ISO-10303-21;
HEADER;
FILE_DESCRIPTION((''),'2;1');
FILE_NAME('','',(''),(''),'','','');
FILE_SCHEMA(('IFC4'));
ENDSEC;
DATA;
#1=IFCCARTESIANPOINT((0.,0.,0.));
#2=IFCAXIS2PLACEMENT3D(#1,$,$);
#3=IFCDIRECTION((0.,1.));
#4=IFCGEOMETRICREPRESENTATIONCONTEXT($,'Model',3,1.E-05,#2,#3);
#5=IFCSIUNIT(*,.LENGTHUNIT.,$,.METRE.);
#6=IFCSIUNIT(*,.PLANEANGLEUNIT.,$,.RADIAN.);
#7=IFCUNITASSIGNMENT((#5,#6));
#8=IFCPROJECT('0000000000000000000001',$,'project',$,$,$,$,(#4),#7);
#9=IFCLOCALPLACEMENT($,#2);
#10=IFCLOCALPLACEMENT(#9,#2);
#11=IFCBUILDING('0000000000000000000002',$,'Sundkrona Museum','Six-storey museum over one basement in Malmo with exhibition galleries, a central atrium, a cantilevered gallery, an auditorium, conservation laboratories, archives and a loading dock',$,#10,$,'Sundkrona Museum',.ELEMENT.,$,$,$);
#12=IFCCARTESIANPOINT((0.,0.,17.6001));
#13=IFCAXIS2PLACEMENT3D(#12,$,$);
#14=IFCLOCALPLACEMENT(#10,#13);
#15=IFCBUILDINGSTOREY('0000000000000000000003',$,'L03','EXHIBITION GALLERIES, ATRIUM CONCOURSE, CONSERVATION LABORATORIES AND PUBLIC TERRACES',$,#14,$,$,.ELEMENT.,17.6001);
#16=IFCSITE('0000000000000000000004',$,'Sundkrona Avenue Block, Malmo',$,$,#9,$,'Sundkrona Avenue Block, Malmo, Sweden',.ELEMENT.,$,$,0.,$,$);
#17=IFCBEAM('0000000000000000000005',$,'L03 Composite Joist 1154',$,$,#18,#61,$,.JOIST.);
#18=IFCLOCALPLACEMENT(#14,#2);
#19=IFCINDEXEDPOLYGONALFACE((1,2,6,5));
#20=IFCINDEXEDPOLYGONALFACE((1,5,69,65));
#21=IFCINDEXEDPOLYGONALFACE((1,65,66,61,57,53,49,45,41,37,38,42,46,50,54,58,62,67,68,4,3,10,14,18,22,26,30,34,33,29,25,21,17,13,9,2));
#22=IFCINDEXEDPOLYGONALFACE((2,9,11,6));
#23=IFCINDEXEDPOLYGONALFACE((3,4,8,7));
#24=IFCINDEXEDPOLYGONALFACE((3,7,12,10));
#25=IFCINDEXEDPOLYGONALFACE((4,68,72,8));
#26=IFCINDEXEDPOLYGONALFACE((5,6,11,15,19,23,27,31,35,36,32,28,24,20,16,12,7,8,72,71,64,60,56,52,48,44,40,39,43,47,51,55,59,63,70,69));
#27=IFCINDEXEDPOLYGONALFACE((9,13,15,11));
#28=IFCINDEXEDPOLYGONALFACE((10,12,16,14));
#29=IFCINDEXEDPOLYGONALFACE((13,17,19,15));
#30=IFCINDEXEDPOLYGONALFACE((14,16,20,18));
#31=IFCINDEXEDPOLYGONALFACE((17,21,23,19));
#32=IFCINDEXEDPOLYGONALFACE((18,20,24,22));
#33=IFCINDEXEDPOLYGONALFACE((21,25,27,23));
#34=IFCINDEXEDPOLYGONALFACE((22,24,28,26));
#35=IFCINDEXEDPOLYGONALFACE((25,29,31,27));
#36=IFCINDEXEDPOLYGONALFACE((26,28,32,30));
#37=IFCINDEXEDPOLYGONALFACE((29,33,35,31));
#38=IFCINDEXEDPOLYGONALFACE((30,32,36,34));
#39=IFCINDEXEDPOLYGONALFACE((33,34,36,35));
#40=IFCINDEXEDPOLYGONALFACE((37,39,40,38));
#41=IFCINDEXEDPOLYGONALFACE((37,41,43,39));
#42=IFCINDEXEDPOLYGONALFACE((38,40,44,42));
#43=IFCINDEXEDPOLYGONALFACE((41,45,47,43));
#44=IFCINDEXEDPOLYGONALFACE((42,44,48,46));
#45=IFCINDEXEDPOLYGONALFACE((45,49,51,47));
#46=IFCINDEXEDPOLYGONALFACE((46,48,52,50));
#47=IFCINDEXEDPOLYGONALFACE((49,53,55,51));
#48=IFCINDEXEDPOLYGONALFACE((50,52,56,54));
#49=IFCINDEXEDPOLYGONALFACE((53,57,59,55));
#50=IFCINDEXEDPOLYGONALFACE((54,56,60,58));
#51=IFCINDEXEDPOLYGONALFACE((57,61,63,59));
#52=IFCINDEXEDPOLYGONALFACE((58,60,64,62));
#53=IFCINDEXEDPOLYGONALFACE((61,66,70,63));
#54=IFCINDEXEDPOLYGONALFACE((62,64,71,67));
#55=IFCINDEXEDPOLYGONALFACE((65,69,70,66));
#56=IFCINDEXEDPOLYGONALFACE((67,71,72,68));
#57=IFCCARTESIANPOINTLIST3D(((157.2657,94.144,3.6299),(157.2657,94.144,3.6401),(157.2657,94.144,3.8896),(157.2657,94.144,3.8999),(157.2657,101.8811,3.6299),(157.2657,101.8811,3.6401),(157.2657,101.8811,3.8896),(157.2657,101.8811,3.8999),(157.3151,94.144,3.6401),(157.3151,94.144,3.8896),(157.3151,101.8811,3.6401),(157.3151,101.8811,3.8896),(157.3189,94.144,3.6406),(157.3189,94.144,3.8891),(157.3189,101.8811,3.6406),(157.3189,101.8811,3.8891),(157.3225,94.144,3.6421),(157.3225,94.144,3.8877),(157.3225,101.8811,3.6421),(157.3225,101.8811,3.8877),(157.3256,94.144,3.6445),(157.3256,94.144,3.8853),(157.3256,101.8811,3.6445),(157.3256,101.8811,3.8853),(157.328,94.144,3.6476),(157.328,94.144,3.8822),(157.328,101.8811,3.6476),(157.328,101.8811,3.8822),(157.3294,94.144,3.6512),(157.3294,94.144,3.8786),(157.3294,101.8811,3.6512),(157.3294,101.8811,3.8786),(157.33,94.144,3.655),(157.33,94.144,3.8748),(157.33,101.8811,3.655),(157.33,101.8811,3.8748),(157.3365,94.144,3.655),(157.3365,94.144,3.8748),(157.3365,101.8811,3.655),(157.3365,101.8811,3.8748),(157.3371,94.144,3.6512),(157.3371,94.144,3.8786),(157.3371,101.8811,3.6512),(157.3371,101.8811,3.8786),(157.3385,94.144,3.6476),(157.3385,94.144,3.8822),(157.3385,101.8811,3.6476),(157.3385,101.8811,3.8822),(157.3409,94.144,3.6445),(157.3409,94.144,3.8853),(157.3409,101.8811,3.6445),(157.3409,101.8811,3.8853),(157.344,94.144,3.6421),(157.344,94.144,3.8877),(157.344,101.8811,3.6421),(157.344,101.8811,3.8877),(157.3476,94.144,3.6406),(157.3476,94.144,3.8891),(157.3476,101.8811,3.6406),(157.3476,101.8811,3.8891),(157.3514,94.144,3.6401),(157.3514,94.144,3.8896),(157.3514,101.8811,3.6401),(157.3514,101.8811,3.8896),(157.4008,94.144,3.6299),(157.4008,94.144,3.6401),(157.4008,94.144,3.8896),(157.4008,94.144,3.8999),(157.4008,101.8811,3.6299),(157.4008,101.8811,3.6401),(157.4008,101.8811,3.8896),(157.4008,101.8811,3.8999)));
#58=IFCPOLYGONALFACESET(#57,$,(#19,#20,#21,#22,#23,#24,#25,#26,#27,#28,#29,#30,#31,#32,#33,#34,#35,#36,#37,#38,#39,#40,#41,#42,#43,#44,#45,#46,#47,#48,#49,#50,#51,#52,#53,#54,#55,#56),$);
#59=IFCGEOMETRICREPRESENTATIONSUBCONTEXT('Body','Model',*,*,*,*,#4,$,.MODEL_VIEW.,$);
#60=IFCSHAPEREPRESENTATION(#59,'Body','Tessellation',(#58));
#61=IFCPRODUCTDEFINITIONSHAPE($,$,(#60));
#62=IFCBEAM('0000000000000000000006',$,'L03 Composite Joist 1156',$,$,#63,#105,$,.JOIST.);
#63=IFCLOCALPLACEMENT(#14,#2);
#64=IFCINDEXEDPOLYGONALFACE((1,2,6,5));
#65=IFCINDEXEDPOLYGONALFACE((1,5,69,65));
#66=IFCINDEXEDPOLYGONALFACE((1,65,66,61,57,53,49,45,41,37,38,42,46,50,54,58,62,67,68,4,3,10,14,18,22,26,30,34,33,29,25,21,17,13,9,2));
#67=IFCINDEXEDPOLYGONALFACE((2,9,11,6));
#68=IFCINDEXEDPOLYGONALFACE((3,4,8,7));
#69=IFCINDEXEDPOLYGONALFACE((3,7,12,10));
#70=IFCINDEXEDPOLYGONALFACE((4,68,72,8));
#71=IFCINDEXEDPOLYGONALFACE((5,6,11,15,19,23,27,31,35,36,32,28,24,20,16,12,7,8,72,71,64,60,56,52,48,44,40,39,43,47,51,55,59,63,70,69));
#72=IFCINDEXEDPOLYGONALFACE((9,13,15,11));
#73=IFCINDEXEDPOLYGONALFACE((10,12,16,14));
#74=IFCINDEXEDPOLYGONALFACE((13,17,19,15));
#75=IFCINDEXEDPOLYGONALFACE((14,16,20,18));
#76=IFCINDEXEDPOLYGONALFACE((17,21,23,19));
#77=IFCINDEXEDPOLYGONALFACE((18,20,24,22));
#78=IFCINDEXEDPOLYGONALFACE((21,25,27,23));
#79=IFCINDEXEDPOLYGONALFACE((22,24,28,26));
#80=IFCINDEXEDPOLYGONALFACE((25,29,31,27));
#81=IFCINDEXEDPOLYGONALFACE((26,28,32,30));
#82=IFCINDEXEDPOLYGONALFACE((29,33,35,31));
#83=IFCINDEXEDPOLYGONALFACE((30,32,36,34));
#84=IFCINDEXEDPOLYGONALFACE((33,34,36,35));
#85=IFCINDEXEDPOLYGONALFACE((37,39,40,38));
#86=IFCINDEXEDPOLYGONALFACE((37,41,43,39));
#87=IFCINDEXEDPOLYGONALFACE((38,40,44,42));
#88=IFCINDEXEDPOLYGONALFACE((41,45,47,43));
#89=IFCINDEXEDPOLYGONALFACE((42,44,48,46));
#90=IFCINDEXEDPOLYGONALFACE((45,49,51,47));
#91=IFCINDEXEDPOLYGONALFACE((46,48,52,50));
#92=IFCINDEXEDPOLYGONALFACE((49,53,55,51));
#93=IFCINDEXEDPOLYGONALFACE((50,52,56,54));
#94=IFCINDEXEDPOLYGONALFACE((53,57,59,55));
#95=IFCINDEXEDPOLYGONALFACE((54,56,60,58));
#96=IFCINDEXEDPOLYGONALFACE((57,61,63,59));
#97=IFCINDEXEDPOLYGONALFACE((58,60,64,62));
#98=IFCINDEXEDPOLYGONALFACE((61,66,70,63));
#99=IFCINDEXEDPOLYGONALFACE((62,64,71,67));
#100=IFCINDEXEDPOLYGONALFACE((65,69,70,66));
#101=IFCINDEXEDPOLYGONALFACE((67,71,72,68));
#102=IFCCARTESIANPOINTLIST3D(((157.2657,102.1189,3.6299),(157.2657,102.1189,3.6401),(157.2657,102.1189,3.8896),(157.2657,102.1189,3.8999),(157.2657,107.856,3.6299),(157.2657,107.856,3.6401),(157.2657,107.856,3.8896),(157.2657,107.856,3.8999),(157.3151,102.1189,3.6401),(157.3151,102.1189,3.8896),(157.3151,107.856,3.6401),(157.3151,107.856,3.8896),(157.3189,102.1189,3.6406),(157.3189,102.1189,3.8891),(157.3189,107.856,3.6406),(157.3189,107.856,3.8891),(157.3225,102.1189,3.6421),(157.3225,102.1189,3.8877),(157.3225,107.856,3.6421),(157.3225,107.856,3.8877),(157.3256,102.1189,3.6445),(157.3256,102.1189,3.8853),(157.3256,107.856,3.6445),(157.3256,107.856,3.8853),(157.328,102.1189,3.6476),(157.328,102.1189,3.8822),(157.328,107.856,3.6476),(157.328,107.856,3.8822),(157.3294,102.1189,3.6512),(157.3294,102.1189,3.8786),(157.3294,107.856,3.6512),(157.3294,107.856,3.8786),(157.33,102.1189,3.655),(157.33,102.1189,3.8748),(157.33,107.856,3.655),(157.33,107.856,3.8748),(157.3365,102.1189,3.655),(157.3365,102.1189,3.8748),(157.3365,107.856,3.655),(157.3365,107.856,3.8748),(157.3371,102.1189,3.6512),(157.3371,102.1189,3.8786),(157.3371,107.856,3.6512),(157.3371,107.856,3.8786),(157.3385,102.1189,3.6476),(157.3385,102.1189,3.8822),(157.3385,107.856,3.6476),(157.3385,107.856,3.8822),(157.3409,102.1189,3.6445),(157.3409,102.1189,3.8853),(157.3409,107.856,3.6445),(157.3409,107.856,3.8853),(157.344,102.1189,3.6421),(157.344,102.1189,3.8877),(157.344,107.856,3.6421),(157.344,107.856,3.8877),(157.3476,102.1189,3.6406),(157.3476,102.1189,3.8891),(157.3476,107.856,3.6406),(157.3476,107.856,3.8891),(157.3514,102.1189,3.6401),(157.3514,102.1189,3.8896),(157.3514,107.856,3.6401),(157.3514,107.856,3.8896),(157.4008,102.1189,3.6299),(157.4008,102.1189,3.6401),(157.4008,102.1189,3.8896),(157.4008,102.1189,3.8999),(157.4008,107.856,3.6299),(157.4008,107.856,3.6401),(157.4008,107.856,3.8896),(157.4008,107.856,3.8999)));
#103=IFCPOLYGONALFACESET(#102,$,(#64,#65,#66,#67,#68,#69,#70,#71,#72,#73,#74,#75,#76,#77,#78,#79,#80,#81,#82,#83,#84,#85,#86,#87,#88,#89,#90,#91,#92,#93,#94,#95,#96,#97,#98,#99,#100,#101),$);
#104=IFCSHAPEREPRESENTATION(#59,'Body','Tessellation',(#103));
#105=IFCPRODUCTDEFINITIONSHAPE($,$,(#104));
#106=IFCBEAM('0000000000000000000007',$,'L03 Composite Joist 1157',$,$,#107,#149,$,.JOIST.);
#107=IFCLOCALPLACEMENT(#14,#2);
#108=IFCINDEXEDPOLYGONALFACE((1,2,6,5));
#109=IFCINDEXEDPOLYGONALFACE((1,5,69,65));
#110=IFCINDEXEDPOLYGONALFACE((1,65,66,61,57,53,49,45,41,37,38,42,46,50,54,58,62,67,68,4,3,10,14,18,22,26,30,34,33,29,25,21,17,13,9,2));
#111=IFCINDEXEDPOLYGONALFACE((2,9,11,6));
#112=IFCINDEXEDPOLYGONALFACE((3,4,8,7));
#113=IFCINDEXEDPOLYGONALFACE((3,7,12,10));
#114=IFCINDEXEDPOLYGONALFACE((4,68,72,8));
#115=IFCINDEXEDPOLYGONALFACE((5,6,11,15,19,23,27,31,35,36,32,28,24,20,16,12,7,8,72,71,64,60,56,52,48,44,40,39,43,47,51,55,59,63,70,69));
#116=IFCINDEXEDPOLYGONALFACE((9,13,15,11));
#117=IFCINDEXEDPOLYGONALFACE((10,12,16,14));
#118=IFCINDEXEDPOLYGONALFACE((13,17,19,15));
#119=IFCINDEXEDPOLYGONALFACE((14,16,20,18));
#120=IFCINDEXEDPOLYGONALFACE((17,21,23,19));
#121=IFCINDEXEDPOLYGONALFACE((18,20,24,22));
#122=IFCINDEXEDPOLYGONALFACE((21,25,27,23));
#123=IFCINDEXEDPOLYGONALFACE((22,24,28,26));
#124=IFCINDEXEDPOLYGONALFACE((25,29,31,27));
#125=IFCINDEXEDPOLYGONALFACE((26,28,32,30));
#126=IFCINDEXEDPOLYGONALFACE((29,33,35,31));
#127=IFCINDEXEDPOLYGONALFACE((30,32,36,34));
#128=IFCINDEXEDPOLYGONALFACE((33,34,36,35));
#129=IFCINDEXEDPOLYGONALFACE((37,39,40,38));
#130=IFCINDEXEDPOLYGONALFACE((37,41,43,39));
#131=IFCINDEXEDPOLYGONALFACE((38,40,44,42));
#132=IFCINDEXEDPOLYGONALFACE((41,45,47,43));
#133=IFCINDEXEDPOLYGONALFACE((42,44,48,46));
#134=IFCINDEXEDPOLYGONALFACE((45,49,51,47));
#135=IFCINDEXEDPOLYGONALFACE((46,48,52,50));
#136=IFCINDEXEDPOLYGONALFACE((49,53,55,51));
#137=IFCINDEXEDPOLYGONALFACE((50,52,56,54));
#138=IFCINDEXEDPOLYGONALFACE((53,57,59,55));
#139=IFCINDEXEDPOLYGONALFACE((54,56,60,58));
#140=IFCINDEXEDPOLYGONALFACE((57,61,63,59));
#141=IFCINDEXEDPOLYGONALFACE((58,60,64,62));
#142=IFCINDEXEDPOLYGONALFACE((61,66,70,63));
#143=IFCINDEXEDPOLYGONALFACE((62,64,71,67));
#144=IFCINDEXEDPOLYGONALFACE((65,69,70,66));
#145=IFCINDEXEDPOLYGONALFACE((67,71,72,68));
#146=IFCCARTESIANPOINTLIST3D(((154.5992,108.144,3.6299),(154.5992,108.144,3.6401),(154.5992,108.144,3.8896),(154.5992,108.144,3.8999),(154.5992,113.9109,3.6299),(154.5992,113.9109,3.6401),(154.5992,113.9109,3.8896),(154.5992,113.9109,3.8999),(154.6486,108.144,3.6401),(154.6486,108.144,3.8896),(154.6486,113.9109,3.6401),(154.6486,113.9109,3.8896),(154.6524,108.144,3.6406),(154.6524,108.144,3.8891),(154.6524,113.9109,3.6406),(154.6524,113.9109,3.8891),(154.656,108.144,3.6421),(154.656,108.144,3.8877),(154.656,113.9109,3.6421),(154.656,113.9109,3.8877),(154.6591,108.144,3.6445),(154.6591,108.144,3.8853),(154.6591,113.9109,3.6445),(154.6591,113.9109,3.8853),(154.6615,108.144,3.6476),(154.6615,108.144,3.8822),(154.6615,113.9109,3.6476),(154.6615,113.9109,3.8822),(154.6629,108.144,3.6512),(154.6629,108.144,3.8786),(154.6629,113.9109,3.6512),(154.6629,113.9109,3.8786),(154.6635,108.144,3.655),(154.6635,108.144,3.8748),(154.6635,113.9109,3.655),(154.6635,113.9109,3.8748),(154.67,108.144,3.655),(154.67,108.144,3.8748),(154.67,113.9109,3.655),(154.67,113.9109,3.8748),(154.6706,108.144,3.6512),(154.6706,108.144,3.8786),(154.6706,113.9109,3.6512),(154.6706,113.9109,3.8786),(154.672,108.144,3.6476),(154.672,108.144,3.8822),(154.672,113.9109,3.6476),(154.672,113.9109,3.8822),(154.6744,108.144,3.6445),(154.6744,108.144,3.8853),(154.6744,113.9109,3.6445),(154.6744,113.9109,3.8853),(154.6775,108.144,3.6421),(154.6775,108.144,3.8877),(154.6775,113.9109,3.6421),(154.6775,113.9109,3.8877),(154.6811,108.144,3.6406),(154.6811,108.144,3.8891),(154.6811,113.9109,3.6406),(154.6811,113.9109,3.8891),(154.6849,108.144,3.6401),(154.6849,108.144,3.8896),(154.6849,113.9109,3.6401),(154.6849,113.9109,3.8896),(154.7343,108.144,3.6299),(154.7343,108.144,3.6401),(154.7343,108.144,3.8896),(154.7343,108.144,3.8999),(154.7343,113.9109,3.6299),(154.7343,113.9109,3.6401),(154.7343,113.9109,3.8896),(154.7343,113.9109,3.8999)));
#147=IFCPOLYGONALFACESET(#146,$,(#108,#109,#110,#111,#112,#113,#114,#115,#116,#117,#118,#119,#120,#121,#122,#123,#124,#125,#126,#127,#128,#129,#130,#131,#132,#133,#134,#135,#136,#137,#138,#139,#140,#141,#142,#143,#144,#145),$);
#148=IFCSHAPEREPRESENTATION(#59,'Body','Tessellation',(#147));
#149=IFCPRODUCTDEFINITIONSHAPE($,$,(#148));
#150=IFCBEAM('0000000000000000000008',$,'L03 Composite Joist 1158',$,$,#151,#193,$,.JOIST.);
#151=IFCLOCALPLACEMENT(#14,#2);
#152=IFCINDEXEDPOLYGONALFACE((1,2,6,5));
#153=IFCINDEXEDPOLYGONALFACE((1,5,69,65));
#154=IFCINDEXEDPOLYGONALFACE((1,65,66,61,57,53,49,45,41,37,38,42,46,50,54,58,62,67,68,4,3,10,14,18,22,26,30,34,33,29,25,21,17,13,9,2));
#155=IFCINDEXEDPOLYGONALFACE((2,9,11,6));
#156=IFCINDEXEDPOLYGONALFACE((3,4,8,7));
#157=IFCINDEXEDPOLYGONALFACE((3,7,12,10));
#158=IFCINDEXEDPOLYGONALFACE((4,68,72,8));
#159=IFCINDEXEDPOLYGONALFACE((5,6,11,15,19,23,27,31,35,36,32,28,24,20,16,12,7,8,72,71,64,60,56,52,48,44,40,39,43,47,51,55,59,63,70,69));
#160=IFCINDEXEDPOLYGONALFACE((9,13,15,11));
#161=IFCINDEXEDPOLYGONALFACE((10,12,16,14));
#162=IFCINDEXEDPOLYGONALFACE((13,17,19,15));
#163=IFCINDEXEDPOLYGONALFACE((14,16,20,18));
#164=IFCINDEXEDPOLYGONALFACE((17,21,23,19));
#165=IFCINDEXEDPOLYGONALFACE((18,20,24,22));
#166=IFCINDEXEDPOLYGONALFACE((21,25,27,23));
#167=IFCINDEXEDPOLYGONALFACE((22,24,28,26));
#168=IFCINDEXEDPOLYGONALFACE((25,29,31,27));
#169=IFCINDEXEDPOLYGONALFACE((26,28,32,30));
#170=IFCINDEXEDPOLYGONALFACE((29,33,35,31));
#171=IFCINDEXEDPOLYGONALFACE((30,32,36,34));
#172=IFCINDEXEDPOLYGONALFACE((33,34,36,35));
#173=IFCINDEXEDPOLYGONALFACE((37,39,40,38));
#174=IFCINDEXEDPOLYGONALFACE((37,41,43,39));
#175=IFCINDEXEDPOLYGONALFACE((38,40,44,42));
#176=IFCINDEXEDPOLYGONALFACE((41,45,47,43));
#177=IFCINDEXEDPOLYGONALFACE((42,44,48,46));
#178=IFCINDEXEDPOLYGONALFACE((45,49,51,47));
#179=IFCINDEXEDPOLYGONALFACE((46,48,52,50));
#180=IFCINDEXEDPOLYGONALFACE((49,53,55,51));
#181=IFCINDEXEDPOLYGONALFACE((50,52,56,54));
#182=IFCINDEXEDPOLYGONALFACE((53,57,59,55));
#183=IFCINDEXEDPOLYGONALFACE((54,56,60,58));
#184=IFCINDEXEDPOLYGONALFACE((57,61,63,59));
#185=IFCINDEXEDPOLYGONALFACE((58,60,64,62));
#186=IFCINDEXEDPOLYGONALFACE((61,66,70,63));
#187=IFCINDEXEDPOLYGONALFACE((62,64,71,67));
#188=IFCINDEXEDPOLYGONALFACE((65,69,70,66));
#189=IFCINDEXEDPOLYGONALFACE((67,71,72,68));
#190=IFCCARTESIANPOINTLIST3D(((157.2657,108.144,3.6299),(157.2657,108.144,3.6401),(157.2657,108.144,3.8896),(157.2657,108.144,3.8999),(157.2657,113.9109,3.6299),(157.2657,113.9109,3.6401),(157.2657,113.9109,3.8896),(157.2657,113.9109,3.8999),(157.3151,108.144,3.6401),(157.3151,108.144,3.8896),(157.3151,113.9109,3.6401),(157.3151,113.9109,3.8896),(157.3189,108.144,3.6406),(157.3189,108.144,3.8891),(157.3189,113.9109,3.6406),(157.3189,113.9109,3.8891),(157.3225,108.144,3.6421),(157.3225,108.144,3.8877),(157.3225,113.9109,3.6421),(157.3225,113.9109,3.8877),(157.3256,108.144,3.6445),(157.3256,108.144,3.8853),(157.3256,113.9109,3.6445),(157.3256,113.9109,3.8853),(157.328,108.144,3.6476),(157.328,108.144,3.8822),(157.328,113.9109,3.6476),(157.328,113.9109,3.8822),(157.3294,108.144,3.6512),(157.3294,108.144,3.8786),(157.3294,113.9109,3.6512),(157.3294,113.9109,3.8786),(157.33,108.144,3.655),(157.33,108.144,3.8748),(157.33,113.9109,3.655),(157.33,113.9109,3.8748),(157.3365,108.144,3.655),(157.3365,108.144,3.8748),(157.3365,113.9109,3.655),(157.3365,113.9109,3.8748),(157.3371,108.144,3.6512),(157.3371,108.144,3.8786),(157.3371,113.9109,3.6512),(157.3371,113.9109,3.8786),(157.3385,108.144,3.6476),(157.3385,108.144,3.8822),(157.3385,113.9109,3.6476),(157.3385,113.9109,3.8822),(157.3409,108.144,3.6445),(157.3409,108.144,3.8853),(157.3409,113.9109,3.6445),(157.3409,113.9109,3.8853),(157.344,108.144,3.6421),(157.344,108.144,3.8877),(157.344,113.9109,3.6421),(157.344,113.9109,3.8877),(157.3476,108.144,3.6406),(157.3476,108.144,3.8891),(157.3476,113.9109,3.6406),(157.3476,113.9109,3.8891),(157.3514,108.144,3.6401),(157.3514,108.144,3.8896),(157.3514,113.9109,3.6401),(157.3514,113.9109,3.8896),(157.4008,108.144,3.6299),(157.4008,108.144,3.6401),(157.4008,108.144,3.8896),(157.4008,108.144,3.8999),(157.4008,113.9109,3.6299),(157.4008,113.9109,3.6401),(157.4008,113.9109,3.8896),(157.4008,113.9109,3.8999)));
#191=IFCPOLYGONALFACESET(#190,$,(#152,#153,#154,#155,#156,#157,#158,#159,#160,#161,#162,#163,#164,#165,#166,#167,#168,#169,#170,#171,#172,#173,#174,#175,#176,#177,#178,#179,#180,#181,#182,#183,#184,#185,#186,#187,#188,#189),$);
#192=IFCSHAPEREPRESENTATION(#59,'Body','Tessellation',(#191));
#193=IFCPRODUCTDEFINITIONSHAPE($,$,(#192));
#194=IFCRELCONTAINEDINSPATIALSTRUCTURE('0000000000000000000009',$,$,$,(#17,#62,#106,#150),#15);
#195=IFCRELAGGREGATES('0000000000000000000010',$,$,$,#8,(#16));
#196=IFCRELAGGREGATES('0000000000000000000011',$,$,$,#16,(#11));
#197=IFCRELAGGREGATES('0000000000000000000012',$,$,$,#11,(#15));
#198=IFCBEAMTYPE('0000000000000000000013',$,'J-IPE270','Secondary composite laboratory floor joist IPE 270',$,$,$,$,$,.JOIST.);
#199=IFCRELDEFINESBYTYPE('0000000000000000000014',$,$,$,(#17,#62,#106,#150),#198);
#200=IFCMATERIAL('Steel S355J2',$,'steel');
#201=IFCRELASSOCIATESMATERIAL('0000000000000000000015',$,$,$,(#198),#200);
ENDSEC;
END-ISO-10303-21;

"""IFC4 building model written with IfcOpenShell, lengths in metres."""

from ifc_helpers import new_model, si_unit, direction, frame, origin, origin_2d, place, context, subcontext, project, spatial, i_section, extrude, material, material_profile, profile_set, type_object, element, save


model = new_model("IFC4")

# Units and contexts
model_context = context("Model", 3, precision=1e-05, world=origin(), true_north=direction((0.0, 1.0)))
body_context = subcontext(model_context, "Body", "Model", "MODEL_VIEW")
ifc_project = project(units=[si_unit("LENGTHUNIT", "METRE"), si_unit("PLANEANGLEUNIT", "RADIAN")], contexts=[model_context])

# Site, building, storey
site_placement = place(None, origin())
site = spatial("IfcSite", under=ifc_project, at=site_placement, Name="Sundkrona Avenue Block, Malmo", LongName="Sundkrona Avenue Block, Malmo, Sweden", CompositionType="ELEMENT", RefElevation=0.0)
building_placement = place(site_placement, origin())
building = spatial("IfcBuilding", under=site, at=building_placement, Name="Sundkrona Museum", Description="Six-storey museum over one basement in Malmo with exhibition galleries, a central atrium, a cantilevered gallery, an auditorium, conservation laboratories, archives and a loading dock", LongName="Sundkrona Museum", CompositionType="ELEMENT")
storey_placement = place(building_placement, frame((0.0, 0.0, 17.6001)))
storey = spatial("IfcBuildingStorey", under=building, at=storey_placement, Name="L03", Description="EXHIBITION GALLERIES, ATRIUM CONCOURSE, CONSERVATION LABORATORIES AND PUBLIC TERRACES", CompositionType="ELEMENT", Elevation=17.6001)

# Shared definitions
ifc_material_1 = material(Name="Steel S355J2", Category="steel")

# Beams
ifc_material_profile_1 = material_profile(ifc_material_1, i_section(OverallWidth=0.135, OverallDepth=0.27, WebThickness=0.0066, FlangeThickness=0.0103, FilletRadius=0.0149, at=origin_2d()), Name="IPE 270")
ifc_profile_set_1 = profile_set([ifc_material_profile_1], Name="Steel S355J2")
beam_type_1 = type_object("IfcBeamType", Name="J-IPE270", Description="Secondary composite laboratory floor joist IPE 270", PredefinedType="JOIST", material=ifc_profile_set_1)
for number, where, z_axis, x_axis, name in (
    (1, (157.3333, 94.144, 3.7649), (0.0, 1.0, 0.0), (-1.0, 0.0, 0.0), "L03 Composite Joist 1154"),
):
    element("IfcBeam", number, at=place(storey_placement, frame(where, z_axis=z_axis, x_axis=x_axis)), inside=storey, type_object=beam_type_1, Name=name, PredefinedType="JOIST", context=body_context, shape_type="SweptSolid", body=[
        extrude(i_section(OverallWidth=0.135, OverallDepth=0.27, WebThickness=0.0066, FlangeThickness=0.0103, FilletRadius=0.0149, at=origin_2d()), origin(), (0.0, 0.0, 1.0), 7.7371),
    ])
beam_1_placement = place(storey_placement, frame((157.3333, 102.1189, 3.7649), z_axis=(0.0, 1.0, 0.0), x_axis=(-1.0, 0.0, 0.0)))
element("IfcBeam", 2, at=beam_1_placement, inside=storey, type_object=beam_type_1, Name="L03 Composite Joist 1156", PredefinedType="JOIST", context=body_context, shape_type="SweptSolid", body=[
    extrude(i_section(OverallWidth=0.135, OverallDepth=0.27, WebThickness=0.0066, FlangeThickness=0.0103, FilletRadius=0.0149, at=origin_2d()), origin(), (0.0, 0.0, 1.0), 5.7371),
])
for number, where, z_axis, x_axis, name in (
    (3, (154.6667, 108.144, 3.7649), (0.0, 1.0, 0.0), (-1.0, 0.0, 0.0), "L03 Composite Joist 1157"),
    (4, (157.3333, 108.144, 3.7649), (0.0, 1.0, 0.0), (-1.0, 0.0, 0.0), "L03 Composite Joist 1158"),
):
    element("IfcBeam", number, at=place(storey_placement, frame(where, z_axis=z_axis, x_axis=x_axis)), inside=storey, type_object=beam_type_1, Name=name, PredefinedType="JOIST", context=body_context, shape_type="SweptSolid", body=[
        extrude(i_section(OverallWidth=0.135, OverallDepth=0.27, WebThickness=0.0066, FlangeThickness=0.0103, FilletRadius=0.0149, at=origin_2d()), origin(), (0.0, 0.0, 1.0), 5.7668),
    ])

save(model, "model.ifc")
